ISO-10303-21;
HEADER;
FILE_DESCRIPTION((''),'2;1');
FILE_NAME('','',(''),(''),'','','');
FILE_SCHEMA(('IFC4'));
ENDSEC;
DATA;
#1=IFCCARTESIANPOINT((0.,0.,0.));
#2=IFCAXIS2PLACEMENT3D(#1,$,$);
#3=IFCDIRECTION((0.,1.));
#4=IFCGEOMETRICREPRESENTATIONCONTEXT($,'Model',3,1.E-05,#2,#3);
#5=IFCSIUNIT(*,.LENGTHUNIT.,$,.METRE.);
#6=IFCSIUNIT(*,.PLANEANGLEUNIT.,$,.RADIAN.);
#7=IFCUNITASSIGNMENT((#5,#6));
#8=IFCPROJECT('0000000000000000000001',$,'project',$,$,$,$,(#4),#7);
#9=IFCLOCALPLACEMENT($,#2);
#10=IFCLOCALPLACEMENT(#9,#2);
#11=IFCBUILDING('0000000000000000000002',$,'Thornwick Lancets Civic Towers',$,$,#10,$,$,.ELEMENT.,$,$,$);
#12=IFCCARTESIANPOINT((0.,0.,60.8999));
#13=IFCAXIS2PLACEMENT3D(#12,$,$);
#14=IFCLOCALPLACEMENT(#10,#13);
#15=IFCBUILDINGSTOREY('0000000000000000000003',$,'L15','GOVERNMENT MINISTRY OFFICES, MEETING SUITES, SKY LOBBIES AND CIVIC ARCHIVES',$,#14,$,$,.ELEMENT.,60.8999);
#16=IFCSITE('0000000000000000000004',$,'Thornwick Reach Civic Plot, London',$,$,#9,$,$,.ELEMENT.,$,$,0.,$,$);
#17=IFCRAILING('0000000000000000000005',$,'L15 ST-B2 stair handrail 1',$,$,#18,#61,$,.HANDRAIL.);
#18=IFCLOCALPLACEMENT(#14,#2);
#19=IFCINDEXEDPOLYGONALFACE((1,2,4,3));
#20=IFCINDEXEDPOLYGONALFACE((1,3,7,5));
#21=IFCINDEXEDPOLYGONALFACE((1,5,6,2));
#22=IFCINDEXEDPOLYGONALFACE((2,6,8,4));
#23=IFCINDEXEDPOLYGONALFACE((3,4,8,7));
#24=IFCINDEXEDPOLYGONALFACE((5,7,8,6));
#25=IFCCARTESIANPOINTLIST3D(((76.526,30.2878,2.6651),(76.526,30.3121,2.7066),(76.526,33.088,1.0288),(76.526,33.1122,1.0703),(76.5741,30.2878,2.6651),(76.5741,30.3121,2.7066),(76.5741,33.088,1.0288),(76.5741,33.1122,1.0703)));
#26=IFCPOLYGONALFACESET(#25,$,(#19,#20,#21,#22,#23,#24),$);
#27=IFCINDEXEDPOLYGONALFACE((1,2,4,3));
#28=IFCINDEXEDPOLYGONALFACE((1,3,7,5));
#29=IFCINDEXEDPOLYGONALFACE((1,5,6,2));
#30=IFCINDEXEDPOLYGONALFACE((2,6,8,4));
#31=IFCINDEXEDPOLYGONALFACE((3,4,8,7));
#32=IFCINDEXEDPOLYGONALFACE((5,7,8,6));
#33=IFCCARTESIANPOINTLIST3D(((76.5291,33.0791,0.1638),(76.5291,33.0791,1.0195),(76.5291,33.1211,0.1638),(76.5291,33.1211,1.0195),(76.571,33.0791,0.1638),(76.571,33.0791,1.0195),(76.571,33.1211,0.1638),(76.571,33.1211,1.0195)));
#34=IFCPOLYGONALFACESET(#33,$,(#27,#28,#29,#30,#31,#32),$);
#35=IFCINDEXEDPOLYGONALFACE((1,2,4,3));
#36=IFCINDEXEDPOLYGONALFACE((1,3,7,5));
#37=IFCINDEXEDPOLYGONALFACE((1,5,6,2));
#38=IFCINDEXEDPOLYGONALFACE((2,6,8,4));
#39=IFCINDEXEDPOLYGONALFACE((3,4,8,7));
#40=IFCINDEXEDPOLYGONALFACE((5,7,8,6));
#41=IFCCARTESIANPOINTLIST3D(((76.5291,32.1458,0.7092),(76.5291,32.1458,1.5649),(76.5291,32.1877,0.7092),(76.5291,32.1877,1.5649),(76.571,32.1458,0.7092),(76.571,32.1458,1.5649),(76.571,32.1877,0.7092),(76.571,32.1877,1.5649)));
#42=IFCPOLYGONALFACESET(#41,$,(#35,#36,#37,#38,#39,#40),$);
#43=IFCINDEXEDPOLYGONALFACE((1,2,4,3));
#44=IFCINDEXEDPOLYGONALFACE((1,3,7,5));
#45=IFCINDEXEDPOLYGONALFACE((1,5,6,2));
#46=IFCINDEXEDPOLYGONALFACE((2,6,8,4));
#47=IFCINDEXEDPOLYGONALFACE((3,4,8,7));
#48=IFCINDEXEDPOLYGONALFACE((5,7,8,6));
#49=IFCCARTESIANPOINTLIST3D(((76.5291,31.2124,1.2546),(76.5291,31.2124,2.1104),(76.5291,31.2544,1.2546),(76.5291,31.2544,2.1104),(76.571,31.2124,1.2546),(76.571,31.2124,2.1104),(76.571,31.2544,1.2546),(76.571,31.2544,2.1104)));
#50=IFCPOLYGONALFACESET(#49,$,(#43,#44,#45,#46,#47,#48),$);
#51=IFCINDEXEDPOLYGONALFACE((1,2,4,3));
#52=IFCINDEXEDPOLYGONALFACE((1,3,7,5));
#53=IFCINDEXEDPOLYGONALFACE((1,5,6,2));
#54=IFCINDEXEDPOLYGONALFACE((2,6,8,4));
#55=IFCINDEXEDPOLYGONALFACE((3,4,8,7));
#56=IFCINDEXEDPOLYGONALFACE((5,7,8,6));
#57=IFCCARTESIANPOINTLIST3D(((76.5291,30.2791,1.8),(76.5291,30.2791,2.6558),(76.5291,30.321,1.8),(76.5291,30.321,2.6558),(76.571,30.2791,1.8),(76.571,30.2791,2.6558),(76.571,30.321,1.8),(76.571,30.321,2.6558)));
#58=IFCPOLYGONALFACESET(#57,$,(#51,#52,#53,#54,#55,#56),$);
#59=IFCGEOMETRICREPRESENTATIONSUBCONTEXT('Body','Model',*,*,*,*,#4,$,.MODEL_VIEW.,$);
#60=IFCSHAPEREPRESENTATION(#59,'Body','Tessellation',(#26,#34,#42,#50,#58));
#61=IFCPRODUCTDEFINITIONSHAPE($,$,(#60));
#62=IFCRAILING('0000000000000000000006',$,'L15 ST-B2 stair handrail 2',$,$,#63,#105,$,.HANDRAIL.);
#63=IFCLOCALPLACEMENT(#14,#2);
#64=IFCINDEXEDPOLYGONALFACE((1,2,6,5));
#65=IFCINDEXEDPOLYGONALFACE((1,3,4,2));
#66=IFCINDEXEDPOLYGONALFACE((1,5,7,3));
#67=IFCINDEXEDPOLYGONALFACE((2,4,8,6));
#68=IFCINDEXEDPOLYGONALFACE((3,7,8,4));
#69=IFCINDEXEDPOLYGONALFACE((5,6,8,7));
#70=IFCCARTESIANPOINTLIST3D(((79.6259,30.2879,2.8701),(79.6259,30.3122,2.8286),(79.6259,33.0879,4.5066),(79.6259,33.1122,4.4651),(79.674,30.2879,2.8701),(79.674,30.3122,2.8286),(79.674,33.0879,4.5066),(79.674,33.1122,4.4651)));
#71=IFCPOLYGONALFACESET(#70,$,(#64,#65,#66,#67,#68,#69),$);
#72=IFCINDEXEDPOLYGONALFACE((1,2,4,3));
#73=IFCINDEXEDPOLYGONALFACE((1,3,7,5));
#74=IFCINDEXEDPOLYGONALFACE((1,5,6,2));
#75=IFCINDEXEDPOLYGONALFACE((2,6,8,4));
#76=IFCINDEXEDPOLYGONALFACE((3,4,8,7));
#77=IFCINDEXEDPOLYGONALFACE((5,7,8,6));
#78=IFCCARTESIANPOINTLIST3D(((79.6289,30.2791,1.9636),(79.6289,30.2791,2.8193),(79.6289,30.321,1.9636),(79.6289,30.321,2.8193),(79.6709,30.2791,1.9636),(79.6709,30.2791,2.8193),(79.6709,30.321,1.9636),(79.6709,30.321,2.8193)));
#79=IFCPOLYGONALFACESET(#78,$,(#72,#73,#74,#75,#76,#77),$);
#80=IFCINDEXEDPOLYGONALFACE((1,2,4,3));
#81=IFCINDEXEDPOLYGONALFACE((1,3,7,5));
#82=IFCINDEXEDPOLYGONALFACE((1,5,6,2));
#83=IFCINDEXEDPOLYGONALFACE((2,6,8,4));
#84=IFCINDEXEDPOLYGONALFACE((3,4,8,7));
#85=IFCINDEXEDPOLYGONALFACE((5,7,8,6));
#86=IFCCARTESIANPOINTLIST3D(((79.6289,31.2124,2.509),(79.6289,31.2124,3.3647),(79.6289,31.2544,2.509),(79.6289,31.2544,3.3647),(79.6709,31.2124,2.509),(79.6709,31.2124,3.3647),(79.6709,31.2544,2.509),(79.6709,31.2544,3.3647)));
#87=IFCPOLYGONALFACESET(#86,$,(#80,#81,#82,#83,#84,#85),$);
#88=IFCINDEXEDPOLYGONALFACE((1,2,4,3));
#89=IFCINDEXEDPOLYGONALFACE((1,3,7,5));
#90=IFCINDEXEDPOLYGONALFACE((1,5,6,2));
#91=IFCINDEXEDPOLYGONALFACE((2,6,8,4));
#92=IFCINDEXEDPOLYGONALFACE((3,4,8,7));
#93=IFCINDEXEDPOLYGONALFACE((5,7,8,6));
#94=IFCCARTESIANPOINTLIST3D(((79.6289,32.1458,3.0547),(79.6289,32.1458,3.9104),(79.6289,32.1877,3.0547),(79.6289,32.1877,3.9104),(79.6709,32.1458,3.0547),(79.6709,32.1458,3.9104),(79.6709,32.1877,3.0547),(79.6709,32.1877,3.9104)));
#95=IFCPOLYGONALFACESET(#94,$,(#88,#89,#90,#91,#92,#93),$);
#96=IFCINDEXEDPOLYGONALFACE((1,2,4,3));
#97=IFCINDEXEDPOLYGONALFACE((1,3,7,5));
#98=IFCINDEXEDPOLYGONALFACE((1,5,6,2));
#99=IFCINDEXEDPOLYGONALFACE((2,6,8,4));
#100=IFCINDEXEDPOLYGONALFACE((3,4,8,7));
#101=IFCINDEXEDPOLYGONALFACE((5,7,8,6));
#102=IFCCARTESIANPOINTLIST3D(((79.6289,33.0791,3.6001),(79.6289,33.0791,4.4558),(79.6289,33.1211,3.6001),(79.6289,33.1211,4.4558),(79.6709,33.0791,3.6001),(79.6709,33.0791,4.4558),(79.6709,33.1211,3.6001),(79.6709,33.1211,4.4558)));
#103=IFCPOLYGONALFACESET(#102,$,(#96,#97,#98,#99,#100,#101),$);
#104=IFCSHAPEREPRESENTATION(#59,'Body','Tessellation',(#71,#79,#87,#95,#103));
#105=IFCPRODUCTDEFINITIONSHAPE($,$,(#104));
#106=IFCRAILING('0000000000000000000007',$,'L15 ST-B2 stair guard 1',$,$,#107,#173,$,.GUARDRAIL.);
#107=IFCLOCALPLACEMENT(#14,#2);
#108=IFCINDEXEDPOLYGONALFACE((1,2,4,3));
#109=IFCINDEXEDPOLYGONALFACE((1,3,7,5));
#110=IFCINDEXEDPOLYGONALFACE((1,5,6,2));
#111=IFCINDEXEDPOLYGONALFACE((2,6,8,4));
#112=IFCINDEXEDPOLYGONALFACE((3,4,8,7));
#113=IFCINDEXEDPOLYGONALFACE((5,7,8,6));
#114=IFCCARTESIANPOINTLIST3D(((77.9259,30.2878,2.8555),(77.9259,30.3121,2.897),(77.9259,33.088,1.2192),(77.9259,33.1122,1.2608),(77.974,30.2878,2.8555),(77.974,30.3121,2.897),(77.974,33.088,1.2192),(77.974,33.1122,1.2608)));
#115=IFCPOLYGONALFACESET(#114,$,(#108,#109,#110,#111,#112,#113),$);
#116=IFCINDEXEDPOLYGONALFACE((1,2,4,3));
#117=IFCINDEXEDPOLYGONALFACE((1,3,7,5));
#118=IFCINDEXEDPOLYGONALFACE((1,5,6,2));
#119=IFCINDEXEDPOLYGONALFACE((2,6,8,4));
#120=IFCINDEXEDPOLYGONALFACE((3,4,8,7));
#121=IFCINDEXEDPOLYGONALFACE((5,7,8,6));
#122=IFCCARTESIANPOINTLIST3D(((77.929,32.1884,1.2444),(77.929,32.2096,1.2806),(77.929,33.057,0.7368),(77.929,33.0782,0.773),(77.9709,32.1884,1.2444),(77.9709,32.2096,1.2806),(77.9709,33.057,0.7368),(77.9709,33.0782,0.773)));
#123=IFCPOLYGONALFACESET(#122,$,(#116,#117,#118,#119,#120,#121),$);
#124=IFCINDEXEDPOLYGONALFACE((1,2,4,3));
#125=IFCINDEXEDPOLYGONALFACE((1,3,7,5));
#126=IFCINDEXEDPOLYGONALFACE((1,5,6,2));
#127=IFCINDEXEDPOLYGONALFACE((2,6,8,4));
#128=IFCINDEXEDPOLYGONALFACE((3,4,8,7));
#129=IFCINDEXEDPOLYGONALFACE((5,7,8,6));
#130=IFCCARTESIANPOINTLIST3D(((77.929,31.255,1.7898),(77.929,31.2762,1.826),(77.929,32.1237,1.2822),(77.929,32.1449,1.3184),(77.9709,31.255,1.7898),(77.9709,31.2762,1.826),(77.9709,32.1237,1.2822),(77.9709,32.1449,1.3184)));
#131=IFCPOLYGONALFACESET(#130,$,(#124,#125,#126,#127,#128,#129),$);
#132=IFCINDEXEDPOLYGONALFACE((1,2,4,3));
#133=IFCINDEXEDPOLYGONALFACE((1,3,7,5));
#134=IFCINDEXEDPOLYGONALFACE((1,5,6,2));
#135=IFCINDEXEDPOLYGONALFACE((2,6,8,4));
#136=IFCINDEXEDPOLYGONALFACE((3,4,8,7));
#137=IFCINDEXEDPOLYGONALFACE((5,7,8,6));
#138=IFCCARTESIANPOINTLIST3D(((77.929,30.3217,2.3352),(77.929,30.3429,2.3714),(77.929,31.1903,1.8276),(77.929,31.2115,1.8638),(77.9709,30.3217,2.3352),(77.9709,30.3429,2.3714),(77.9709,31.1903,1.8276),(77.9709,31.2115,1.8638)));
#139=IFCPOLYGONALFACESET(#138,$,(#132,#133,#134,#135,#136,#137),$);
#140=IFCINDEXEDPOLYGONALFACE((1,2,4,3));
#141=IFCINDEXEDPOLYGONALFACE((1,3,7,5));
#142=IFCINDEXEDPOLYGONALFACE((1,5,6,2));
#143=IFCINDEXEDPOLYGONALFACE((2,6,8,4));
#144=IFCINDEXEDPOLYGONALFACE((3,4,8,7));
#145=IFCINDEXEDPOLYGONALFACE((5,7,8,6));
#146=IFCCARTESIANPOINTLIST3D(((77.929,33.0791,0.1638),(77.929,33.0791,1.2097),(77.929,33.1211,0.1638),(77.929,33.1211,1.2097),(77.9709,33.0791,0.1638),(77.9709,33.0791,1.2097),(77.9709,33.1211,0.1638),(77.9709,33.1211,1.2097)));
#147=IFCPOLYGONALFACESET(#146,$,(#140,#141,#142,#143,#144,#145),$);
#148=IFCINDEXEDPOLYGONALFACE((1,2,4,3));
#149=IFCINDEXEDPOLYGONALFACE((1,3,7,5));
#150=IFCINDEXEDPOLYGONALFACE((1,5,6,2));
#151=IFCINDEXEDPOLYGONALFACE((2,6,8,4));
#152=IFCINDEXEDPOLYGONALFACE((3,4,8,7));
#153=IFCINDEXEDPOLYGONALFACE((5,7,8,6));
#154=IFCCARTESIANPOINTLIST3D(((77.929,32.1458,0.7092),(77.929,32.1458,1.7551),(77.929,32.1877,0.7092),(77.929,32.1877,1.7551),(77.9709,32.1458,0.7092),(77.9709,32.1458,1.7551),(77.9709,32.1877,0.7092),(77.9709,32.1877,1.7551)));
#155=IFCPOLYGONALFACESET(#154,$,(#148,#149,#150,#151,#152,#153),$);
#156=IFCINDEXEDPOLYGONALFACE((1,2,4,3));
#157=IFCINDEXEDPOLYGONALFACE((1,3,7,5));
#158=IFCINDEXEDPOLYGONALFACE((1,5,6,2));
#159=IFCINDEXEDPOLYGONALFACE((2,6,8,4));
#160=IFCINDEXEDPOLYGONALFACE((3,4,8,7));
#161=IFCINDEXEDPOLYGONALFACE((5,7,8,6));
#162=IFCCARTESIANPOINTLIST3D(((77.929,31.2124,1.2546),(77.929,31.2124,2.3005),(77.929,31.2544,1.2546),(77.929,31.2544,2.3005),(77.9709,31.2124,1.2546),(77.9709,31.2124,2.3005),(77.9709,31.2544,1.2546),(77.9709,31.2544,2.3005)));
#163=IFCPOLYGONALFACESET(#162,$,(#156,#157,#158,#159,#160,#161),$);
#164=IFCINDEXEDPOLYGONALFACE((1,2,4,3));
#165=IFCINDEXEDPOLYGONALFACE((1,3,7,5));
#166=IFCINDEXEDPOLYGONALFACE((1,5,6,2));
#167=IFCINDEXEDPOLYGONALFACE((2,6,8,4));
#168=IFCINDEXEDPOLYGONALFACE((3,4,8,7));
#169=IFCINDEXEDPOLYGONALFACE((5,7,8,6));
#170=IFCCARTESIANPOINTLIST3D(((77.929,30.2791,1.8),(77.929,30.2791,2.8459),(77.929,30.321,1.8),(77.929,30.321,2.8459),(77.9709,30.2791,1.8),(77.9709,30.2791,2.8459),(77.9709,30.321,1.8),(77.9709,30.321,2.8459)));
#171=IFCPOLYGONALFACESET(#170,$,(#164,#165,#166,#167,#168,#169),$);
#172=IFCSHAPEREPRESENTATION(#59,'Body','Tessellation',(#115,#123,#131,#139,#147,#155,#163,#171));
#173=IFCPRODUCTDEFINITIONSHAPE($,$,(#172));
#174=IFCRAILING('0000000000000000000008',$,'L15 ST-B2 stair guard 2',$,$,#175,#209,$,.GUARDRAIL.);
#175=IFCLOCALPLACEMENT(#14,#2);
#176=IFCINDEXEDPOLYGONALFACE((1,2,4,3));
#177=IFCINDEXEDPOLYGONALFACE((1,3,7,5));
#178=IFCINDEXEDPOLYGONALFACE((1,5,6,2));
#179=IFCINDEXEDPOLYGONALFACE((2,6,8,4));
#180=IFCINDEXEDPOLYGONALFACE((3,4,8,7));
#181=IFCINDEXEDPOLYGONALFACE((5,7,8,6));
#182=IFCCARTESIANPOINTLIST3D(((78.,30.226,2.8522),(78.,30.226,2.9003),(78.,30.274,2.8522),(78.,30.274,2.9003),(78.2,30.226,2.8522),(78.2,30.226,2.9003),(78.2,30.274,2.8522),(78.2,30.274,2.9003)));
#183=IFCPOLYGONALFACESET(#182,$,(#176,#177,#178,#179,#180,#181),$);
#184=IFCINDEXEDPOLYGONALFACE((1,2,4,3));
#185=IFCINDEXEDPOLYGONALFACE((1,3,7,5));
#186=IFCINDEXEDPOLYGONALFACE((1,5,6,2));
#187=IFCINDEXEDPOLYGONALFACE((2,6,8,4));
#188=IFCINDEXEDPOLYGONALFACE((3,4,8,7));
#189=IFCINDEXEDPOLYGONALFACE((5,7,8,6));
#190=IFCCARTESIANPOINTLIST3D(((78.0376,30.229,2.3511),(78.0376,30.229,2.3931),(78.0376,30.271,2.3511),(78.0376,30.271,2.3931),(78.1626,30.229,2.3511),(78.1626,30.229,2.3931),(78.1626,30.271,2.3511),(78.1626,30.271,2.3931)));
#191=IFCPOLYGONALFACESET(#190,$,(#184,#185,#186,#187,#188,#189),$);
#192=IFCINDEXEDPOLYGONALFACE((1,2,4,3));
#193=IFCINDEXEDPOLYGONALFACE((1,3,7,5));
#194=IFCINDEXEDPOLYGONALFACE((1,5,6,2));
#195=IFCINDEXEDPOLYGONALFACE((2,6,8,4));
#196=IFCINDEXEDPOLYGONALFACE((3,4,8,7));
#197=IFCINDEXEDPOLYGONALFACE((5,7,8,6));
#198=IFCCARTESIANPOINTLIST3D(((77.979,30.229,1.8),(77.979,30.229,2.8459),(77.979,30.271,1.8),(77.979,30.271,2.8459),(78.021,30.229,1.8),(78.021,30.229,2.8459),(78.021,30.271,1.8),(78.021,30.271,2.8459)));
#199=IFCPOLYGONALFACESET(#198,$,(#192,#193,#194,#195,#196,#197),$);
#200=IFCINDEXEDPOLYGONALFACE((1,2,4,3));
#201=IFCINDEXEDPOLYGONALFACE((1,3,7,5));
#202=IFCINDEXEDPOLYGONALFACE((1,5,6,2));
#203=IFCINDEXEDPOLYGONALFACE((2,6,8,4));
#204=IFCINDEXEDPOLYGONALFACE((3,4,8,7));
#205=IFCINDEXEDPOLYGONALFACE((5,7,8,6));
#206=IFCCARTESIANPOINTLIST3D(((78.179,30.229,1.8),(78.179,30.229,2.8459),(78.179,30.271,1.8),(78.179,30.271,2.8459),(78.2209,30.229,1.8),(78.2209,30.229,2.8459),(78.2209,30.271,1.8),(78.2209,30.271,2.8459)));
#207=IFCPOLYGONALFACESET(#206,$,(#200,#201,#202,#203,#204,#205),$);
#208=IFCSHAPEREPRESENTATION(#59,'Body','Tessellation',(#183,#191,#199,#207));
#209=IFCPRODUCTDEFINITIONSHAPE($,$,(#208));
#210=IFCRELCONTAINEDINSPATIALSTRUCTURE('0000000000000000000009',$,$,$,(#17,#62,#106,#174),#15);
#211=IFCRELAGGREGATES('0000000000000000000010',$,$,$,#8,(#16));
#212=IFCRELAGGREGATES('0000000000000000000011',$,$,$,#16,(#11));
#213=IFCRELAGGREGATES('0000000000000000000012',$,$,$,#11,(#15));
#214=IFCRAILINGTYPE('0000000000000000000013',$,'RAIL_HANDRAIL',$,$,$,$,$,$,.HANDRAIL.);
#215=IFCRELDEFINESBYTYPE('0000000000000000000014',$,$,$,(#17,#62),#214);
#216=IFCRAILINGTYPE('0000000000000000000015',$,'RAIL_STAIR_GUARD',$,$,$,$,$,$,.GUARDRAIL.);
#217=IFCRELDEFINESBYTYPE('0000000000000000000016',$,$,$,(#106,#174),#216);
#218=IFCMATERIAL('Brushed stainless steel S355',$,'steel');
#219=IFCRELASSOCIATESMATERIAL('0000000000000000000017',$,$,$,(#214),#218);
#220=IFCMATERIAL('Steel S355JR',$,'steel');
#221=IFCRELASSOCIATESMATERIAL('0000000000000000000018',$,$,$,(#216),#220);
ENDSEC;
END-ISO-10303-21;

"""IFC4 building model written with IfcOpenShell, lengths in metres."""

from ifc_helpers import new_model, si_unit, direction, frame, origin, origin_2d, place, context, subcontext, project, spatial, rectangle, extrude, material, type_object, element, save


model = new_model("IFC4")

# Units and contexts
model_context = context("Model", 3, precision=1e-05, world=origin(), true_north=direction((0.0, 1.0)))
body_context = subcontext(model_context, "Body", "Model", "MODEL_VIEW")
ifc_project = project(units=[si_unit("LENGTHUNIT", "METRE"), si_unit("PLANEANGLEUNIT", "RADIAN")], contexts=[model_context])

# Site, building, storey
site_placement = place(None, origin())
site = spatial("IfcSite", under=ifc_project, at=site_placement, Name="Thornwick Reach Civic Plot, London", CompositionType="ELEMENT", RefElevation=0.0)
building_placement = place(site_placement, origin())
building = spatial("IfcBuilding", under=site, at=building_placement, Name="Thornwick Lancets Civic Towers", CompositionType="ELEMENT")
storey_placement = place(building_placement, frame((0.0, 0.0, 60.8999)))
storey = spatial("IfcBuildingStorey", under=building, at=storey_placement, Name="L15", Description="GOVERNMENT MINISTRY OFFICES, MEETING SUITES, SKY LOBBIES AND CIVIC ARCHIVES", CompositionType="ELEMENT", Elevation=60.8999)

# Shared definitions
ifc_material_1 = material(Name="Steel S355JR", Category="steel")

# Railings
ifc_material_2 = material(Name="Brushed stainless steel S355", Category="steel")
railing_type_1 = type_object("IfcRailingType", Name="RAIL_HANDRAIL", PredefinedType="HANDRAIL", material=ifc_material_2)
railing_1_placement = place(storey_placement, frame((76.55, 33.1001, 0.1638)))
element("IfcRailing", 1, at=railing_1_placement, inside=storey, type_object=railing_type_1, Name="L15 ST-B2 stair handrail 1", PredefinedType="HANDRAIL", context=body_context, shape_type="SweptSolid", body=[
    extrude(rectangle(XDim=0.0481, YDim=0.0481, at=origin_2d()), frame((0.0, 0.0, 0.8857), z_axis=(0.0, -0.863394, 0.504531), x_axis=(1.0, 0.0, 0.0)), (0.0, 0.0, 1.0), 3.2432),
    extrude(rectangle(XDim=0.042, YDim=0.042, at=origin_2d()), origin(), (0.0, 0.0, 1.0), 0.8557),
    extrude(rectangle(XDim=0.042, YDim=0.042, at=origin_2d()), frame((0.0, -0.9333, 0.5454)), (0.0, 0.0, 1.0), 0.8557),
    extrude(rectangle(XDim=0.042, YDim=0.042, at=origin_2d()), frame((0.0, -1.8667, 1.0908)), (0.0, 0.0, 1.0), 0.8557),
    extrude(rectangle(XDim=0.042, YDim=0.042, at=origin_2d()), frame((0.0, -2.8, 1.6362)), (0.0, 0.0, 1.0), 0.8557),
])
railing_2_placement = place(storey_placement, frame((79.6499, 30.3, 1.9636)))
element("IfcRailing", 2, at=railing_2_placement, inside=storey, type_object=railing_type_1, Name="L15 ST-B2 stair handrail 2", PredefinedType="HANDRAIL", context=body_context, shape_type="SweptSolid", body=[
    extrude(rectangle(XDim=0.0481, YDim=0.0481, at=origin_2d()), frame((0.0, 0.0, 0.8857), z_axis=(0.0, 0.863361, 0.504587), x_axis=(-1.0, 0.0, 0.0)), (0.0, 0.0, 1.0), 3.2432),
    extrude(rectangle(XDim=0.042, YDim=0.042, at=origin_2d()), origin(), (0.0, 0.0, 1.0), 0.8557),
    extrude(rectangle(XDim=0.042, YDim=0.042, at=origin_2d()), frame((0.0, 0.9333, 0.5454)), (0.0, 0.0, 1.0), 0.8557),
    extrude(rectangle(XDim=0.042, YDim=0.042, at=origin_2d()), frame((0.0, 1.8667, 1.0911)), (0.0, 0.0, 1.0), 0.8557),
    extrude(rectangle(XDim=0.042, YDim=0.042, at=origin_2d()), frame((0.0, 2.8, 1.6365)), (0.0, 0.0, 1.0), 0.8557),
])
railing_type_2 = type_object("IfcRailingType", Name="RAIL_STAIR_GUARD", PredefinedType="GUARDRAIL", material=ifc_material_1)
railing_3_placement = place(storey_placement, frame((77.95, 33.1001, 0.1638)))
element("IfcRailing", 3, at=railing_3_placement, inside=storey, type_object=railing_type_2, Name="L15 ST-B2 stair guard 1", PredefinedType="GUARDRAIL", context=body_context, shape_type="SweptSolid", body=[
    extrude(rectangle(XDim=0.0481, YDim=0.0481, at=origin_2d()), frame((0.0, 0.0, 1.0762), z_axis=(0.0, -0.863394, 0.504531), x_axis=(1.0, 0.0, 0.0)), (0.0, 0.0, 1.0), 3.2432),
    extrude(rectangle(XDim=0.042, YDim=0.042, at=origin_2d()), frame((0.0, -0.0325, 0.5911), z_axis=(0.0, -0.863394, 0.504531), x_axis=(1.0, 0.0, 0.0)), (0.0, 0.0, 1.0), 1.0061),
    extrude(rectangle(XDim=0.042, YDim=0.042, at=origin_2d()), frame((0.0, -0.9658, 1.1365), z_axis=(0.0, -0.863394, 0.504531), x_axis=(1.0, 0.0, 0.0)), (0.0, 0.0, 1.0), 1.0061),
    extrude(rectangle(XDim=0.042, YDim=0.042, at=origin_2d()), frame((0.0, -1.8992, 1.6819), z_axis=(0.0, -0.863394, 0.504531), x_axis=(1.0, 0.0, 0.0)), (0.0, 0.0, 1.0), 1.0061),
    extrude(rectangle(XDim=0.042, YDim=0.042, at=origin_2d()), origin(), (0.0, 0.0, 1.0), 1.0459),
    extrude(rectangle(XDim=0.042, YDim=0.042, at=origin_2d()), frame((0.0, -0.9333, 0.5454)), (0.0, 0.0, 1.0), 1.0459),
    extrude(rectangle(XDim=0.042, YDim=0.042, at=origin_2d()), frame((0.0, -1.8667, 1.0908)), (0.0, 0.0, 1.0), 1.0459),
    extrude(rectangle(XDim=0.042, YDim=0.042, at=origin_2d()), frame((0.0, -2.8, 1.6362)), (0.0, 0.0, 1.0), 1.0459),
])
railing_4_placement = place(storey_placement, frame((78.0, 30.25, 1.8)))
element("IfcRailing", 4, at=railing_4_placement, inside=storey, type_object=railing_type_2, Name="L15 ST-B2 stair guard 2", PredefinedType="GUARDRAIL", context=body_context, shape_type="SweptSolid", body=[
    extrude(rectangle(XDim=0.0481, YDim=0.0481, at=origin_2d()), frame((0.0, 0.0, 1.0762), z_axis=(1.0, 0.0, 0.0), x_axis=(0.0, 1.0, 0.0)), (0.0, 0.0, 1.0), 0.2),
    extrude(rectangle(XDim=0.042, YDim=0.042, at=origin_2d()), frame((0.0376, 0.0, 0.572), z_axis=(1.0, 0.0, 0.0), x_axis=(0.0, 1.0, 0.0)), (0.0, 0.0, 1.0), 0.125),
    extrude(rectangle(XDim=0.042, YDim=0.042, at=origin_2d()), origin(), (0.0, 0.0, 1.0), 1.0459),
    extrude(rectangle(XDim=0.042, YDim=0.042, at=origin_2d()), frame((0.2, 0.0, 0.0)), (0.0, 0.0, 1.0), 1.0459),
])

save(model, "model.ifc")
